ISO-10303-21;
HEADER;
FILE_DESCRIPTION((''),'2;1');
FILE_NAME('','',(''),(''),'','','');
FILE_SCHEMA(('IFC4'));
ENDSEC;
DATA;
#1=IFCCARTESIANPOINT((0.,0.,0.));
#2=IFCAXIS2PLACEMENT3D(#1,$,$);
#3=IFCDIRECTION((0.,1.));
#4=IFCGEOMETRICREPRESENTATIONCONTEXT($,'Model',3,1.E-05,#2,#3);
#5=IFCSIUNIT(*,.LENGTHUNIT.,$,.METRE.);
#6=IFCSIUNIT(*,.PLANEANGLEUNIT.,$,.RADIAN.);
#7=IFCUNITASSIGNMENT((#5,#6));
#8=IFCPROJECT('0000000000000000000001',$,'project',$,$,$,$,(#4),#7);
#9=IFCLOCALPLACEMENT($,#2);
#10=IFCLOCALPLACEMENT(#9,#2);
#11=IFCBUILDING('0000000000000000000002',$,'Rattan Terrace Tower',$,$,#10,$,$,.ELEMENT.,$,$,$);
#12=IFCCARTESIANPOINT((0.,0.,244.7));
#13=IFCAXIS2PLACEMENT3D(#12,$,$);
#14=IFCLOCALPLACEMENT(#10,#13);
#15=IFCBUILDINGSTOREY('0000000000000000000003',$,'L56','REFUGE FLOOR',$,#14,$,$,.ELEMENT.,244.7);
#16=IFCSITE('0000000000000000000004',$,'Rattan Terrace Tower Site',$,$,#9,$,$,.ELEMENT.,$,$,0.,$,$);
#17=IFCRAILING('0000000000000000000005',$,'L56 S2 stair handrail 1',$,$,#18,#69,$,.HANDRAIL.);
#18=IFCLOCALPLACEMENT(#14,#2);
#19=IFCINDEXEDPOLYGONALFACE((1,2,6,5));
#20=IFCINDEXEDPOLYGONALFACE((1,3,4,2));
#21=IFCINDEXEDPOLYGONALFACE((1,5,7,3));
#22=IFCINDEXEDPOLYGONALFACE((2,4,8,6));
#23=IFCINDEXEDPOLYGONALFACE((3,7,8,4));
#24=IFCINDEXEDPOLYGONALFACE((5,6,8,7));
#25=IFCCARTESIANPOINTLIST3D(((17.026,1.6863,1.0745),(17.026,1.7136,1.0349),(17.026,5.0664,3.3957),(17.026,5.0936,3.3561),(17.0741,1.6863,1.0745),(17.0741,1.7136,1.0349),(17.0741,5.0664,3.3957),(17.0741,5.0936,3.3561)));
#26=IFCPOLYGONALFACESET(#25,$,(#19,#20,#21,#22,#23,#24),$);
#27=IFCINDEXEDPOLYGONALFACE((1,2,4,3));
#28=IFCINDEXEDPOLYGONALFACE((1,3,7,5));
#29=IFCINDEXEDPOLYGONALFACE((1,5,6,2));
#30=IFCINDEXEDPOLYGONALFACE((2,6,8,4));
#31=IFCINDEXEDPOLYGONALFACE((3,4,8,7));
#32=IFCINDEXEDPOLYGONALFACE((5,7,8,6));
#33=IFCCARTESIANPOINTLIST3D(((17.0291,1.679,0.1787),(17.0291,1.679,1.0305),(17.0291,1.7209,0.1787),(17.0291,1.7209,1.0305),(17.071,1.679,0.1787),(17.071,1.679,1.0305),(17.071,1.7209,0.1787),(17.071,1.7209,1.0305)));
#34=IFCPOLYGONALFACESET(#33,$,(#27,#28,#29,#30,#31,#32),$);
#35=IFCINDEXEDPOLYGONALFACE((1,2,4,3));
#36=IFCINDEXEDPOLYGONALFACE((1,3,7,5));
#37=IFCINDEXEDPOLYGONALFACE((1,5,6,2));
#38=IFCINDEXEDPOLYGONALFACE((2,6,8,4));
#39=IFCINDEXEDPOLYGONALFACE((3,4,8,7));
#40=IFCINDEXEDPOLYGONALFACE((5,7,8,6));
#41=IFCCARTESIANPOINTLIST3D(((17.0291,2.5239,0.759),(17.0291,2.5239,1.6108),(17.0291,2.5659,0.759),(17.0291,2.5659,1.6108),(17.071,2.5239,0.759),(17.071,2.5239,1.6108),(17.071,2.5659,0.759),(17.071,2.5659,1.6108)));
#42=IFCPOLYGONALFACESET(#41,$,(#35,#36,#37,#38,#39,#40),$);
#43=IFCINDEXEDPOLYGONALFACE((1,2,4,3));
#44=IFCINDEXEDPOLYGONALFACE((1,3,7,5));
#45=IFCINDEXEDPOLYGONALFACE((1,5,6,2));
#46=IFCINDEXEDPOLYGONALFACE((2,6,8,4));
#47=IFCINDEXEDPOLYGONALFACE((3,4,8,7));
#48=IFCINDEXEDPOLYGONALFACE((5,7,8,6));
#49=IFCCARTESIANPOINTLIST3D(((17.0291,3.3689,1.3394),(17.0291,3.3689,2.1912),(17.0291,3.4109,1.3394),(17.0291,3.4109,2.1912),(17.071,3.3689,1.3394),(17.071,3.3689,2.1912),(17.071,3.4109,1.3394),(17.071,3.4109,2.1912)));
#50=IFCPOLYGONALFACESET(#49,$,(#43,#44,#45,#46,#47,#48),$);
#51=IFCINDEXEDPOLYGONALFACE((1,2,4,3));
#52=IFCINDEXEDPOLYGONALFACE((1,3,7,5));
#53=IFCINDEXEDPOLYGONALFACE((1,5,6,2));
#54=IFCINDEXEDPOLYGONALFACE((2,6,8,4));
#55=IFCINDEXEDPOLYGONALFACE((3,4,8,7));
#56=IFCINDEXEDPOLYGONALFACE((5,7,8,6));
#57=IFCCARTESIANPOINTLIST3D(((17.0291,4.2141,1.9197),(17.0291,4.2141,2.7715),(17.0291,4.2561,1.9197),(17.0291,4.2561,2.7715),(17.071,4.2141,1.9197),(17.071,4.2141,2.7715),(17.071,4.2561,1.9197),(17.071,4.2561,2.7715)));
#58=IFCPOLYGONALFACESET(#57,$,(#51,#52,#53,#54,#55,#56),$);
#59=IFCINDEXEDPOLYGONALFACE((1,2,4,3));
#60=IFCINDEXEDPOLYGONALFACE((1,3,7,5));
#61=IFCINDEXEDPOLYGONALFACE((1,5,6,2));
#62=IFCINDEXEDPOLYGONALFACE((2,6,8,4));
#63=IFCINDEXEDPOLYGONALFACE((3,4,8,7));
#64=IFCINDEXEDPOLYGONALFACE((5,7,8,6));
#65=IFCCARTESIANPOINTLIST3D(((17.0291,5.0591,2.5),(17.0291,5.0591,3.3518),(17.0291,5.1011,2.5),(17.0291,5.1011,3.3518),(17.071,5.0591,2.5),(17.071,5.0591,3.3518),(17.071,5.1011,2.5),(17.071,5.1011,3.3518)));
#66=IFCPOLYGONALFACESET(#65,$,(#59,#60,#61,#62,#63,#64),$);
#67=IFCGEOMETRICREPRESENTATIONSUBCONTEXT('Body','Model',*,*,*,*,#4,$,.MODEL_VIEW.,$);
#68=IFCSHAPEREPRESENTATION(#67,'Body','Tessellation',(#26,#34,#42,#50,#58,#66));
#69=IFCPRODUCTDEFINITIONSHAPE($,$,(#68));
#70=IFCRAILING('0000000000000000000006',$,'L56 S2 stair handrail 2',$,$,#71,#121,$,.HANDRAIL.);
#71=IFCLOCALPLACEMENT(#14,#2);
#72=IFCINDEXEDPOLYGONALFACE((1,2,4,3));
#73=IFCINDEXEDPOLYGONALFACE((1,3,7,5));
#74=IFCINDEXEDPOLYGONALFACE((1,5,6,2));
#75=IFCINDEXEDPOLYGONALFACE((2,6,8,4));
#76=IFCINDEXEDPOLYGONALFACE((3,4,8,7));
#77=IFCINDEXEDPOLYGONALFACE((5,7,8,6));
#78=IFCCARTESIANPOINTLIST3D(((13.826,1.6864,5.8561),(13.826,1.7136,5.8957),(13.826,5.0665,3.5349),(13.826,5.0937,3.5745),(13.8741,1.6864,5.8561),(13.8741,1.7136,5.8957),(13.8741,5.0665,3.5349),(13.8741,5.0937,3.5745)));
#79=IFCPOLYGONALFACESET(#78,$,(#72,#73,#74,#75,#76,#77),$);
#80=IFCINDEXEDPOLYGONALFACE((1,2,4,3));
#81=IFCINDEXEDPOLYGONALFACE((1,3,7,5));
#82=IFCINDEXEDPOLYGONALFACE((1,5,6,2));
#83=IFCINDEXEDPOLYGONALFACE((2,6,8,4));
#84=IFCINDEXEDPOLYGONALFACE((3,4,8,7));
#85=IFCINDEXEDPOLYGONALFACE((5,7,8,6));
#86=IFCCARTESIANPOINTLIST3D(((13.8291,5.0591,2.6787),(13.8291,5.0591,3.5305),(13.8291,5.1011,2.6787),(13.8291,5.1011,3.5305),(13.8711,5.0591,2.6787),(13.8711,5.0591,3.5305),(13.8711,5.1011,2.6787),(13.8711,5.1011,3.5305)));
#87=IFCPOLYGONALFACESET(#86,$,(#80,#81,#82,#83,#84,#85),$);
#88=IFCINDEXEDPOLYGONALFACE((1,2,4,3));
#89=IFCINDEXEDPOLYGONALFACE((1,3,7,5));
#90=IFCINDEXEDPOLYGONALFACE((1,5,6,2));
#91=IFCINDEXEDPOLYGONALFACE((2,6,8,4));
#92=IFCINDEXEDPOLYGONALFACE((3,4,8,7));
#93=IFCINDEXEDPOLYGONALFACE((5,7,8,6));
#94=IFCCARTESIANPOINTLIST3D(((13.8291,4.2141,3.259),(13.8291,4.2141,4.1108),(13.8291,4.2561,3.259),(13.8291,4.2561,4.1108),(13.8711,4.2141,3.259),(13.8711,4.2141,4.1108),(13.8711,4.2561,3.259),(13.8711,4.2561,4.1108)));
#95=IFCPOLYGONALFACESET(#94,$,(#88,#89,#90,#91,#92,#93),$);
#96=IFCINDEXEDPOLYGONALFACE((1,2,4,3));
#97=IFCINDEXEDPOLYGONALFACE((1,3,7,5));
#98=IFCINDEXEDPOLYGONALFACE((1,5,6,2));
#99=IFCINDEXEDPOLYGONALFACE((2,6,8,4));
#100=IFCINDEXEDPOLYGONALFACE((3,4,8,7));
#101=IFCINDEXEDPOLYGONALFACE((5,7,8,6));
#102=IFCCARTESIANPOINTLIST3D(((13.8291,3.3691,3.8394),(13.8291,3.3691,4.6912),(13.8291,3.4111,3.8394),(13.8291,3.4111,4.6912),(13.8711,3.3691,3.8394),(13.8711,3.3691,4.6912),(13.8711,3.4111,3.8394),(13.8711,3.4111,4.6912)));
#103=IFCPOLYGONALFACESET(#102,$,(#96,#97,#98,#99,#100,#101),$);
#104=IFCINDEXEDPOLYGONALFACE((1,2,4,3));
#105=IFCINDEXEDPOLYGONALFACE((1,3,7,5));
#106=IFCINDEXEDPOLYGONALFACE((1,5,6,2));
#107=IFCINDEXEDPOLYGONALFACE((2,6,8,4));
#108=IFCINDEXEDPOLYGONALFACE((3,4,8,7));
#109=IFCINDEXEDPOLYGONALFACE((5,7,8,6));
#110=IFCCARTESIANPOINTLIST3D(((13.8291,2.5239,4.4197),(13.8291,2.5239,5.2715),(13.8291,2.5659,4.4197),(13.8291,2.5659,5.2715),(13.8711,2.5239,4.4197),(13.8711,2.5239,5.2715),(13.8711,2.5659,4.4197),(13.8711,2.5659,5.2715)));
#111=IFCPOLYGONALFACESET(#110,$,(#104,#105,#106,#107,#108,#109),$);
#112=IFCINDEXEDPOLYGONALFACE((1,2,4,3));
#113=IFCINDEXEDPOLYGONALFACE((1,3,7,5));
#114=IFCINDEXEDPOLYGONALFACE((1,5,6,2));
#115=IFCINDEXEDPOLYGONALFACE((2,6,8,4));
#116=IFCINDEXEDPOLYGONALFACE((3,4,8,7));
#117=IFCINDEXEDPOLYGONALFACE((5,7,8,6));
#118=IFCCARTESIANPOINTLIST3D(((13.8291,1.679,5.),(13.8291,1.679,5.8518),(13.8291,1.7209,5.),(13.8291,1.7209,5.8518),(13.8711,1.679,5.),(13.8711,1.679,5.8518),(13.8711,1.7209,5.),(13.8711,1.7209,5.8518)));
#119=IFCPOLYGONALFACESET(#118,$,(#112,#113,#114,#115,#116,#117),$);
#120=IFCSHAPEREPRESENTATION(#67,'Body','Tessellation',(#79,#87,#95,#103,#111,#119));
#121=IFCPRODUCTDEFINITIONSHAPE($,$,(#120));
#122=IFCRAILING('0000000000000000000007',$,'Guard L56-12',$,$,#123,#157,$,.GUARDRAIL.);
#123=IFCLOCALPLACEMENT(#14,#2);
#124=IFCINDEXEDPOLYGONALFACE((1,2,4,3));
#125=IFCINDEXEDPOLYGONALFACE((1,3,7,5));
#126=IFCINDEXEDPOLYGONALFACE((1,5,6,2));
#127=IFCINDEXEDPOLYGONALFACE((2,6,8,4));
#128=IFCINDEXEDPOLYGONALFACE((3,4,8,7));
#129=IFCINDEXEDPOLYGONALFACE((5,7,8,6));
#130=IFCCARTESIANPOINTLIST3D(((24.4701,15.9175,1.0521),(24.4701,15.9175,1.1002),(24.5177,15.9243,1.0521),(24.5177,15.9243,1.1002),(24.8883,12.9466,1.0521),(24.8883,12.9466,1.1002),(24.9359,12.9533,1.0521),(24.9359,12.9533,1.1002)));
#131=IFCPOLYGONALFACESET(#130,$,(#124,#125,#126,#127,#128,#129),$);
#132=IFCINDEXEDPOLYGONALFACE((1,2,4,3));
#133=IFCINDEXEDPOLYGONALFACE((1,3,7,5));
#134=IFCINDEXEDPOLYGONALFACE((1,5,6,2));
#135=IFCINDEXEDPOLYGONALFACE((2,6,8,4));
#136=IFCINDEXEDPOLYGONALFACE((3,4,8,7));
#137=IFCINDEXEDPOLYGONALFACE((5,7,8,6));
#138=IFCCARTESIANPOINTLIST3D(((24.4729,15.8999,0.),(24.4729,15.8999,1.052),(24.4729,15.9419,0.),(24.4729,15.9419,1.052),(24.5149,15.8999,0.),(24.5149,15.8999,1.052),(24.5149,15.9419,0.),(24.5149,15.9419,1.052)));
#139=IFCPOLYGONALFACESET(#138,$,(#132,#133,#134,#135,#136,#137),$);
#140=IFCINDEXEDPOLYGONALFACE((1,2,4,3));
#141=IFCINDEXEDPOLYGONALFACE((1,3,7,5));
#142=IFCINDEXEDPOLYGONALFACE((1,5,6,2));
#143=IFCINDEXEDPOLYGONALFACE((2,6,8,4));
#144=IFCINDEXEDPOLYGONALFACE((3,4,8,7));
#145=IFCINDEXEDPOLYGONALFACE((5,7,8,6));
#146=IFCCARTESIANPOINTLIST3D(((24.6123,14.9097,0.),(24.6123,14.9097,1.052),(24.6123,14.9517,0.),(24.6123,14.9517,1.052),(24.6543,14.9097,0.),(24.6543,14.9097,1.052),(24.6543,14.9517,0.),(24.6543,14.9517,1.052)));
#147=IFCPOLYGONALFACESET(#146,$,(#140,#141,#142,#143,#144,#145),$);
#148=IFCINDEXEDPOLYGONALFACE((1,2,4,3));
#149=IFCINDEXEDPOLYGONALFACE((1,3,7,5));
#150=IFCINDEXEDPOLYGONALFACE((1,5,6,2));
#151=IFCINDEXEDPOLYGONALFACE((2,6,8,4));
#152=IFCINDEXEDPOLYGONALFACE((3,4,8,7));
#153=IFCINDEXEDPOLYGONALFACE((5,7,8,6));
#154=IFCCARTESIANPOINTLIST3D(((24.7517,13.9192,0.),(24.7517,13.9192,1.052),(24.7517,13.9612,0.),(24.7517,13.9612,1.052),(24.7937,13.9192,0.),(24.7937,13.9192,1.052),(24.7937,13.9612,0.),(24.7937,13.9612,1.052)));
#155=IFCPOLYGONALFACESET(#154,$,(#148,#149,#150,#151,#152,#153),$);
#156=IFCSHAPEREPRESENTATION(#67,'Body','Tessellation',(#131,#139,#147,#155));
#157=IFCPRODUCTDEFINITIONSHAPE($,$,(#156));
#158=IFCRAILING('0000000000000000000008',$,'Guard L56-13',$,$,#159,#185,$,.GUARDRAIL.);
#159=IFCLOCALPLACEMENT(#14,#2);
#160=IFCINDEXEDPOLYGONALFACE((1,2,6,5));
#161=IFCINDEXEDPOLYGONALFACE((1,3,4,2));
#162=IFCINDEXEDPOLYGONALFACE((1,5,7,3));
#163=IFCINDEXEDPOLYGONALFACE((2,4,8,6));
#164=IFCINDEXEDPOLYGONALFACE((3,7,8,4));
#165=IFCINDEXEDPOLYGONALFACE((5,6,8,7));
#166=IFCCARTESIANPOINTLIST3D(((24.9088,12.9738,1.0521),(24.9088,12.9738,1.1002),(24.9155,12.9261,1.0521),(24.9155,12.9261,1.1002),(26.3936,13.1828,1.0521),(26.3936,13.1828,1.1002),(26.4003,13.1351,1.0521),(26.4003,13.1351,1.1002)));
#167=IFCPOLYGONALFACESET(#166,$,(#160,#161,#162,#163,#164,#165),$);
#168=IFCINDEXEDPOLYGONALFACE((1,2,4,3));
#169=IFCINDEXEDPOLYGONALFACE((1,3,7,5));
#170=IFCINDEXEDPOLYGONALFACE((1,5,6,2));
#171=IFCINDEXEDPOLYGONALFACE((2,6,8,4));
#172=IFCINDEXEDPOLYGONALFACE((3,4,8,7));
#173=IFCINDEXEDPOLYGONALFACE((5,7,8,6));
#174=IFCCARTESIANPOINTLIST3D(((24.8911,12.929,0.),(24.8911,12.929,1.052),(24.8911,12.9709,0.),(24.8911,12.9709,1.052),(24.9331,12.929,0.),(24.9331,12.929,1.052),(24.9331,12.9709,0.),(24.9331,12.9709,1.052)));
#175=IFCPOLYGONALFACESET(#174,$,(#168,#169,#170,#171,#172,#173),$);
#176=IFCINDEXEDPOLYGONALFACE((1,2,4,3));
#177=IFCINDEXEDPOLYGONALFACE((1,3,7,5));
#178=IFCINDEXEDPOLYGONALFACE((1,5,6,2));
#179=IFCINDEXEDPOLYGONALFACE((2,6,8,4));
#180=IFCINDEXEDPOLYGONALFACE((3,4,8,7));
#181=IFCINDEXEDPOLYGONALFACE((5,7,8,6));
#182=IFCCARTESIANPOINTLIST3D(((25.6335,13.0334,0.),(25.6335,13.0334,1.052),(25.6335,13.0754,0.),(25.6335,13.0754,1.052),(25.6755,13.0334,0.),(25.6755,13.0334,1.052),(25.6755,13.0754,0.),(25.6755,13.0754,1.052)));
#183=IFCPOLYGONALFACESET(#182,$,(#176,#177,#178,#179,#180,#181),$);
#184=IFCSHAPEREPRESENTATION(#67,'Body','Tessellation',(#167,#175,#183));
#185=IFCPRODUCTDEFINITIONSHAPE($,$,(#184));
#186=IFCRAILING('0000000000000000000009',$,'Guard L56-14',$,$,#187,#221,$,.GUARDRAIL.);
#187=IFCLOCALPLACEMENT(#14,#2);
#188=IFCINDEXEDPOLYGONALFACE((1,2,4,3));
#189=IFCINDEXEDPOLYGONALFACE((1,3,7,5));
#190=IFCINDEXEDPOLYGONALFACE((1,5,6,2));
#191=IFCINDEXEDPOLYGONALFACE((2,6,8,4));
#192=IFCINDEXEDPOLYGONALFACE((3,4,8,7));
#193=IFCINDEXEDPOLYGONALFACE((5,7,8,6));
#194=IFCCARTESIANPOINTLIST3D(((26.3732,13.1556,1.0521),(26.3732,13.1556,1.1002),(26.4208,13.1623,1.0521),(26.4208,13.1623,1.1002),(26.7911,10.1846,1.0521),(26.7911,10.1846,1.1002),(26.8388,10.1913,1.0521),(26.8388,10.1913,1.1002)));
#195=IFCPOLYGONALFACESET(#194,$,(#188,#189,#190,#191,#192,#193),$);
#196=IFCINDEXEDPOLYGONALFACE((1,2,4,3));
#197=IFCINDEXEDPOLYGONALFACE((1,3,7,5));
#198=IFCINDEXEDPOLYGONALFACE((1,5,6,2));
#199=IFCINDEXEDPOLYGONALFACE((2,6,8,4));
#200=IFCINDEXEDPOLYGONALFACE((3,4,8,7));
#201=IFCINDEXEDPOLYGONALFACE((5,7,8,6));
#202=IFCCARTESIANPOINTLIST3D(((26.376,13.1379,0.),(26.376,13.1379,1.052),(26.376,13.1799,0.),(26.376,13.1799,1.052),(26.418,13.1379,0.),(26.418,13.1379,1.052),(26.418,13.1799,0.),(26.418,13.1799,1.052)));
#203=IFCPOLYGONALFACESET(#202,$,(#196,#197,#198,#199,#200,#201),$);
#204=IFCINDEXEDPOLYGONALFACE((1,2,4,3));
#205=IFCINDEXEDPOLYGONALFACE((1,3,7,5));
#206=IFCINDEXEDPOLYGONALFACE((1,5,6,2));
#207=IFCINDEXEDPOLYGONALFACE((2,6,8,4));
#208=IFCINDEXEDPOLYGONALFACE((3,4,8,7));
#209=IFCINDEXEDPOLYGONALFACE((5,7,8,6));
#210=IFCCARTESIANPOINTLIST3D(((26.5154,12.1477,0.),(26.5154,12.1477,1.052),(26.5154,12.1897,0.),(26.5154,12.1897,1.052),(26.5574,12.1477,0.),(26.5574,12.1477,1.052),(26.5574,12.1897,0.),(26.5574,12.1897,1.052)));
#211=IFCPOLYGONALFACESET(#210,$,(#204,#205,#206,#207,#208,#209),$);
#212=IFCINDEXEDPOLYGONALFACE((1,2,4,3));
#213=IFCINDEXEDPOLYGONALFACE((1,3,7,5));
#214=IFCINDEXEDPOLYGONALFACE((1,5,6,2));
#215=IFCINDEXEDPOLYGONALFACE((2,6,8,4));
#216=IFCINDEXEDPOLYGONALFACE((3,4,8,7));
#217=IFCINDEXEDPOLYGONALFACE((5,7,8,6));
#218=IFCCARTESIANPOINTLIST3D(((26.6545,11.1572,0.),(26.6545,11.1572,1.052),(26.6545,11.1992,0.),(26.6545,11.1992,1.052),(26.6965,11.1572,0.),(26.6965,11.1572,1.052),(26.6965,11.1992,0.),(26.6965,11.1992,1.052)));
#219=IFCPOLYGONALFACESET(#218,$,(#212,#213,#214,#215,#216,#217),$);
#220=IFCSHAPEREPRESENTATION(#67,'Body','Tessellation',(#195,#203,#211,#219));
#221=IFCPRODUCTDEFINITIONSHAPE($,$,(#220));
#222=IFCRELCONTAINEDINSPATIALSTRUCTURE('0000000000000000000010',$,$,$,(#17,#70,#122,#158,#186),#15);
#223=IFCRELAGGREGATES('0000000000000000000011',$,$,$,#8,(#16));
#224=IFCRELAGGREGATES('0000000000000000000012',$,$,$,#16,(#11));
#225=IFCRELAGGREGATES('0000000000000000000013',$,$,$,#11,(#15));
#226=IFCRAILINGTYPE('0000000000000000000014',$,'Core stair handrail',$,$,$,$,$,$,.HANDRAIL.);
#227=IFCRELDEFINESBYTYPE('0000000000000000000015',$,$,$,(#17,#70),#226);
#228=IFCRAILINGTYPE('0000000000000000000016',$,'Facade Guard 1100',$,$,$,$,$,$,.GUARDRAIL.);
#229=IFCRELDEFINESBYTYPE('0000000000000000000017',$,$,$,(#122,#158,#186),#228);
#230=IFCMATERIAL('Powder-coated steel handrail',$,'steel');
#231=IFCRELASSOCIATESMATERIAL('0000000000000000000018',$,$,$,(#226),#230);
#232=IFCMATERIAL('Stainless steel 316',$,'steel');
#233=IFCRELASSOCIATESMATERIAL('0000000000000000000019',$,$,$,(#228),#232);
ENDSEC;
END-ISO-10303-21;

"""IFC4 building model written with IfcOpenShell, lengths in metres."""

from ifc_helpers import new_model, si_unit, direction, frame, origin, origin_2d, place, context, subcontext, project, spatial, rectangle, extrude, material, type_object, element, save


model = new_model("IFC4")

# Units and contexts
model_context = context("Model", 3, precision=1e-05, world=origin(), true_north=direction((0.0, 1.0)))
body_context = subcontext(model_context, "Body", "Model", "MODEL_VIEW")
ifc_project = project(units=[si_unit("LENGTHUNIT", "METRE"), si_unit("PLANEANGLEUNIT", "RADIAN")], contexts=[model_context])

# Site, building, storey
site_placement = place(None, origin())
site = spatial("IfcSite", under=ifc_project, at=site_placement, Name="Rattan Terrace Tower Site", CompositionType="ELEMENT", RefElevation=0.0)
building_placement = place(site_placement, origin())
building = spatial("IfcBuilding", under=site, at=building_placement, Name="Rattan Terrace Tower", CompositionType="ELEMENT")
storey_placement = place(building_placement, frame((0.0, 0.0, 244.7)))
storey = spatial("IfcBuildingStorey", under=building, at=storey_placement, Name="L56", Description="REFUGE FLOOR", CompositionType="ELEMENT", Elevation=244.7)

# Railings
ifc_material_1 = material(Name="Powder-coated steel handrail", Category="steel")
railing_type_1 = type_object("IfcRailingType", Name="Core stair handrail", PredefinedType="HANDRAIL", material=ifc_material_1)
railing_1_placement = place(storey_placement, frame((17.05, 1.7, 0.1787)))
element("IfcRailing", 1, at=railing_1_placement, inside=storey, type_object=railing_type_1, Name="L56 S2 stair handrail 1", PredefinedType="HANDRAIL", context=body_context, shape_type="SweptSolid", body=[
    extrude(rectangle(XDim=0.0481, YDim=0.0481, at=origin_2d()), frame((0.0, 0.0, 0.876), z_axis=(0.0, 0.824332, 0.566107), x_axis=(-1.0, 0.0, 0.0)), (0.0, 0.0, 1.0), 4.1003),
    extrude(rectangle(XDim=0.042, YDim=0.042, at=origin_2d()), origin(), (0.0, 0.0, 1.0), 0.8518),
    extrude(rectangle(XDim=0.042, YDim=0.042, at=origin_2d()), frame((0.0, 0.845, 0.5803)), (0.0, 0.0, 1.0), 0.8518),
    extrude(rectangle(XDim=0.042, YDim=0.042, at=origin_2d()), frame((0.0, 1.6899, 1.1606)), (0.0, 0.0, 1.0), 0.8518),
    extrude(rectangle(XDim=0.042, YDim=0.042, at=origin_2d()), frame((0.0, 2.5352, 1.741)), (0.0, 0.0, 1.0), 0.8518),
    extrude(rectangle(XDim=0.042, YDim=0.042, at=origin_2d()), frame((0.0, 3.3801, 2.3213)), (0.0, 0.0, 1.0), 0.8518),
])
railing_2_placement = place(storey_placement, frame((13.8501, 5.0801, 2.6787)))
element("IfcRailing", 2, at=railing_2_placement, inside=storey, type_object=railing_type_1, Name="L56 S2 stair handrail 2", PredefinedType="HANDRAIL", context=body_context, shape_type="SweptSolid", body=[
    extrude(rectangle(XDim=0.0481, YDim=0.0481, at=origin_2d()), frame((0.0, 0.0, 0.876), z_axis=(0.0, -0.824332, 0.566107), x_axis=(1.0, 0.0, 0.0)), (0.0, 0.0, 1.0), 4.1003),
    extrude(rectangle(XDim=0.042, YDim=0.042, at=origin_2d()), origin(), (0.0, 0.0, 1.0), 0.8518),
    extrude(rectangle(XDim=0.042, YDim=0.042, at=origin_2d()), frame((0.0, -0.845, 0.5803)), (0.0, 0.0, 1.0), 0.8518),
    extrude(rectangle(XDim=0.042, YDim=0.042, at=origin_2d()), frame((0.0, -1.6899, 1.1606)), (0.0, 0.0, 1.0), 0.8518),
    extrude(rectangle(XDim=0.042, YDim=0.042, at=origin_2d()), frame((0.0, -2.5352, 1.741)), (0.0, 0.0, 1.0), 0.8518),
    extrude(rectangle(XDim=0.042, YDim=0.042, at=origin_2d()), frame((0.0, -3.3801, 2.3213)), (0.0, 0.0, 1.0), 0.8518),
])
ifc_material_2 = material(Name="Stainless steel 316", Category="steel")
railing_type_2 = type_object("IfcRailingType", Name="Facade Guard 1100", PredefinedType="GUARDRAIL", material=ifc_material_2)
railing_3_placement = place(storey_placement, frame((24.4939, 15.9209, 0.0)))
element("IfcRailing", 3, at=railing_3_placement, inside=storey, type_object=railing_type_2, Name="Guard L56-12", PredefinedType="GUARDRAIL", context=body_context, shape_type="SweptSolid", body=[
    extrude(rectangle(XDim=0.0481, YDim=0.0481, at=origin_2d()), frame((0.0, 0.0, 1.0762), z_axis=(0.139393, -0.990237, 0.0), x_axis=(0.990237, 0.139393, 0.0)), (0.0, 0.0, 1.0), 3.0002),
    extrude(rectangle(XDim=0.042, YDim=0.042, at=origin_2d()), origin(), (0.0, 0.0, 1.0), 1.052),
    extrude(rectangle(XDim=0.042, YDim=0.042, at=origin_2d()), frame((0.1394, -0.9902, 0.0)), (0.0, 0.0, 1.0), 1.052),
    extrude(rectangle(XDim=0.042, YDim=0.042, at=origin_2d()), frame((0.2788, -1.9807, 0.0)), (0.0, 0.0, 1.0), 1.052),
])
railing_4_placement = place(storey_placement, frame((24.9121, 12.95, 0.0)))
element("IfcRailing", 4, at=railing_4_placement, inside=storey, type_object=railing_type_2, Name="Guard L56-13", PredefinedType="GUARDRAIL", context=body_context, shape_type="SweptSolid", body=[
    extrude(rectangle(XDim=0.0481, YDim=0.0481, at=origin_2d()), frame((0.0, 0.0, 1.0762), z_axis=(0.99024, 0.13937, 0.0), x_axis=(-0.13937, 0.99024, 0.0)), (0.0, 0.0, 1.0), 1.4995),
    extrude(rectangle(XDim=0.042, YDim=0.042, at=origin_2d()), origin(), (0.0, 0.0, 1.0), 1.052),
    extrude(rectangle(XDim=0.042, YDim=0.042, at=origin_2d()), frame((0.7424, 0.1045, 0.0)), (0.0, 0.0, 1.0), 1.052),
])
railing_5_placement = place(storey_placement, frame((26.397, 13.1589, 0.0)))
element("IfcRailing", 5, at=railing_5_placement, inside=storey, type_object=railing_type_2, Name="Guard L56-14", PredefinedType="GUARDRAIL", context=body_context, shape_type="SweptSolid", body=[
    extrude(rectangle(XDim=0.0481, YDim=0.0481, at=origin_2d()), frame((0.0, 0.0, 1.0762), z_axis=(0.139313, -0.990248, 0.0), x_axis=(0.990248, 0.139313, 0.0)), (0.0, 0.0, 1.0), 3.0002),
    extrude(rectangle(XDim=0.042, YDim=0.042, at=origin_2d()), origin(), (0.0, 0.0, 1.0), 1.052),
    extrude(rectangle(XDim=0.042, YDim=0.042, at=origin_2d()), frame((0.1394, -0.9902, 0.0)), (0.0, 0.0, 1.0), 1.052),
    extrude(rectangle(XDim=0.042, YDim=0.042, at=origin_2d()), frame((0.2786, -1.9807, 0.0)), (0.0, 0.0, 1.0), 1.052),
])

save(model, "model.ifc")
